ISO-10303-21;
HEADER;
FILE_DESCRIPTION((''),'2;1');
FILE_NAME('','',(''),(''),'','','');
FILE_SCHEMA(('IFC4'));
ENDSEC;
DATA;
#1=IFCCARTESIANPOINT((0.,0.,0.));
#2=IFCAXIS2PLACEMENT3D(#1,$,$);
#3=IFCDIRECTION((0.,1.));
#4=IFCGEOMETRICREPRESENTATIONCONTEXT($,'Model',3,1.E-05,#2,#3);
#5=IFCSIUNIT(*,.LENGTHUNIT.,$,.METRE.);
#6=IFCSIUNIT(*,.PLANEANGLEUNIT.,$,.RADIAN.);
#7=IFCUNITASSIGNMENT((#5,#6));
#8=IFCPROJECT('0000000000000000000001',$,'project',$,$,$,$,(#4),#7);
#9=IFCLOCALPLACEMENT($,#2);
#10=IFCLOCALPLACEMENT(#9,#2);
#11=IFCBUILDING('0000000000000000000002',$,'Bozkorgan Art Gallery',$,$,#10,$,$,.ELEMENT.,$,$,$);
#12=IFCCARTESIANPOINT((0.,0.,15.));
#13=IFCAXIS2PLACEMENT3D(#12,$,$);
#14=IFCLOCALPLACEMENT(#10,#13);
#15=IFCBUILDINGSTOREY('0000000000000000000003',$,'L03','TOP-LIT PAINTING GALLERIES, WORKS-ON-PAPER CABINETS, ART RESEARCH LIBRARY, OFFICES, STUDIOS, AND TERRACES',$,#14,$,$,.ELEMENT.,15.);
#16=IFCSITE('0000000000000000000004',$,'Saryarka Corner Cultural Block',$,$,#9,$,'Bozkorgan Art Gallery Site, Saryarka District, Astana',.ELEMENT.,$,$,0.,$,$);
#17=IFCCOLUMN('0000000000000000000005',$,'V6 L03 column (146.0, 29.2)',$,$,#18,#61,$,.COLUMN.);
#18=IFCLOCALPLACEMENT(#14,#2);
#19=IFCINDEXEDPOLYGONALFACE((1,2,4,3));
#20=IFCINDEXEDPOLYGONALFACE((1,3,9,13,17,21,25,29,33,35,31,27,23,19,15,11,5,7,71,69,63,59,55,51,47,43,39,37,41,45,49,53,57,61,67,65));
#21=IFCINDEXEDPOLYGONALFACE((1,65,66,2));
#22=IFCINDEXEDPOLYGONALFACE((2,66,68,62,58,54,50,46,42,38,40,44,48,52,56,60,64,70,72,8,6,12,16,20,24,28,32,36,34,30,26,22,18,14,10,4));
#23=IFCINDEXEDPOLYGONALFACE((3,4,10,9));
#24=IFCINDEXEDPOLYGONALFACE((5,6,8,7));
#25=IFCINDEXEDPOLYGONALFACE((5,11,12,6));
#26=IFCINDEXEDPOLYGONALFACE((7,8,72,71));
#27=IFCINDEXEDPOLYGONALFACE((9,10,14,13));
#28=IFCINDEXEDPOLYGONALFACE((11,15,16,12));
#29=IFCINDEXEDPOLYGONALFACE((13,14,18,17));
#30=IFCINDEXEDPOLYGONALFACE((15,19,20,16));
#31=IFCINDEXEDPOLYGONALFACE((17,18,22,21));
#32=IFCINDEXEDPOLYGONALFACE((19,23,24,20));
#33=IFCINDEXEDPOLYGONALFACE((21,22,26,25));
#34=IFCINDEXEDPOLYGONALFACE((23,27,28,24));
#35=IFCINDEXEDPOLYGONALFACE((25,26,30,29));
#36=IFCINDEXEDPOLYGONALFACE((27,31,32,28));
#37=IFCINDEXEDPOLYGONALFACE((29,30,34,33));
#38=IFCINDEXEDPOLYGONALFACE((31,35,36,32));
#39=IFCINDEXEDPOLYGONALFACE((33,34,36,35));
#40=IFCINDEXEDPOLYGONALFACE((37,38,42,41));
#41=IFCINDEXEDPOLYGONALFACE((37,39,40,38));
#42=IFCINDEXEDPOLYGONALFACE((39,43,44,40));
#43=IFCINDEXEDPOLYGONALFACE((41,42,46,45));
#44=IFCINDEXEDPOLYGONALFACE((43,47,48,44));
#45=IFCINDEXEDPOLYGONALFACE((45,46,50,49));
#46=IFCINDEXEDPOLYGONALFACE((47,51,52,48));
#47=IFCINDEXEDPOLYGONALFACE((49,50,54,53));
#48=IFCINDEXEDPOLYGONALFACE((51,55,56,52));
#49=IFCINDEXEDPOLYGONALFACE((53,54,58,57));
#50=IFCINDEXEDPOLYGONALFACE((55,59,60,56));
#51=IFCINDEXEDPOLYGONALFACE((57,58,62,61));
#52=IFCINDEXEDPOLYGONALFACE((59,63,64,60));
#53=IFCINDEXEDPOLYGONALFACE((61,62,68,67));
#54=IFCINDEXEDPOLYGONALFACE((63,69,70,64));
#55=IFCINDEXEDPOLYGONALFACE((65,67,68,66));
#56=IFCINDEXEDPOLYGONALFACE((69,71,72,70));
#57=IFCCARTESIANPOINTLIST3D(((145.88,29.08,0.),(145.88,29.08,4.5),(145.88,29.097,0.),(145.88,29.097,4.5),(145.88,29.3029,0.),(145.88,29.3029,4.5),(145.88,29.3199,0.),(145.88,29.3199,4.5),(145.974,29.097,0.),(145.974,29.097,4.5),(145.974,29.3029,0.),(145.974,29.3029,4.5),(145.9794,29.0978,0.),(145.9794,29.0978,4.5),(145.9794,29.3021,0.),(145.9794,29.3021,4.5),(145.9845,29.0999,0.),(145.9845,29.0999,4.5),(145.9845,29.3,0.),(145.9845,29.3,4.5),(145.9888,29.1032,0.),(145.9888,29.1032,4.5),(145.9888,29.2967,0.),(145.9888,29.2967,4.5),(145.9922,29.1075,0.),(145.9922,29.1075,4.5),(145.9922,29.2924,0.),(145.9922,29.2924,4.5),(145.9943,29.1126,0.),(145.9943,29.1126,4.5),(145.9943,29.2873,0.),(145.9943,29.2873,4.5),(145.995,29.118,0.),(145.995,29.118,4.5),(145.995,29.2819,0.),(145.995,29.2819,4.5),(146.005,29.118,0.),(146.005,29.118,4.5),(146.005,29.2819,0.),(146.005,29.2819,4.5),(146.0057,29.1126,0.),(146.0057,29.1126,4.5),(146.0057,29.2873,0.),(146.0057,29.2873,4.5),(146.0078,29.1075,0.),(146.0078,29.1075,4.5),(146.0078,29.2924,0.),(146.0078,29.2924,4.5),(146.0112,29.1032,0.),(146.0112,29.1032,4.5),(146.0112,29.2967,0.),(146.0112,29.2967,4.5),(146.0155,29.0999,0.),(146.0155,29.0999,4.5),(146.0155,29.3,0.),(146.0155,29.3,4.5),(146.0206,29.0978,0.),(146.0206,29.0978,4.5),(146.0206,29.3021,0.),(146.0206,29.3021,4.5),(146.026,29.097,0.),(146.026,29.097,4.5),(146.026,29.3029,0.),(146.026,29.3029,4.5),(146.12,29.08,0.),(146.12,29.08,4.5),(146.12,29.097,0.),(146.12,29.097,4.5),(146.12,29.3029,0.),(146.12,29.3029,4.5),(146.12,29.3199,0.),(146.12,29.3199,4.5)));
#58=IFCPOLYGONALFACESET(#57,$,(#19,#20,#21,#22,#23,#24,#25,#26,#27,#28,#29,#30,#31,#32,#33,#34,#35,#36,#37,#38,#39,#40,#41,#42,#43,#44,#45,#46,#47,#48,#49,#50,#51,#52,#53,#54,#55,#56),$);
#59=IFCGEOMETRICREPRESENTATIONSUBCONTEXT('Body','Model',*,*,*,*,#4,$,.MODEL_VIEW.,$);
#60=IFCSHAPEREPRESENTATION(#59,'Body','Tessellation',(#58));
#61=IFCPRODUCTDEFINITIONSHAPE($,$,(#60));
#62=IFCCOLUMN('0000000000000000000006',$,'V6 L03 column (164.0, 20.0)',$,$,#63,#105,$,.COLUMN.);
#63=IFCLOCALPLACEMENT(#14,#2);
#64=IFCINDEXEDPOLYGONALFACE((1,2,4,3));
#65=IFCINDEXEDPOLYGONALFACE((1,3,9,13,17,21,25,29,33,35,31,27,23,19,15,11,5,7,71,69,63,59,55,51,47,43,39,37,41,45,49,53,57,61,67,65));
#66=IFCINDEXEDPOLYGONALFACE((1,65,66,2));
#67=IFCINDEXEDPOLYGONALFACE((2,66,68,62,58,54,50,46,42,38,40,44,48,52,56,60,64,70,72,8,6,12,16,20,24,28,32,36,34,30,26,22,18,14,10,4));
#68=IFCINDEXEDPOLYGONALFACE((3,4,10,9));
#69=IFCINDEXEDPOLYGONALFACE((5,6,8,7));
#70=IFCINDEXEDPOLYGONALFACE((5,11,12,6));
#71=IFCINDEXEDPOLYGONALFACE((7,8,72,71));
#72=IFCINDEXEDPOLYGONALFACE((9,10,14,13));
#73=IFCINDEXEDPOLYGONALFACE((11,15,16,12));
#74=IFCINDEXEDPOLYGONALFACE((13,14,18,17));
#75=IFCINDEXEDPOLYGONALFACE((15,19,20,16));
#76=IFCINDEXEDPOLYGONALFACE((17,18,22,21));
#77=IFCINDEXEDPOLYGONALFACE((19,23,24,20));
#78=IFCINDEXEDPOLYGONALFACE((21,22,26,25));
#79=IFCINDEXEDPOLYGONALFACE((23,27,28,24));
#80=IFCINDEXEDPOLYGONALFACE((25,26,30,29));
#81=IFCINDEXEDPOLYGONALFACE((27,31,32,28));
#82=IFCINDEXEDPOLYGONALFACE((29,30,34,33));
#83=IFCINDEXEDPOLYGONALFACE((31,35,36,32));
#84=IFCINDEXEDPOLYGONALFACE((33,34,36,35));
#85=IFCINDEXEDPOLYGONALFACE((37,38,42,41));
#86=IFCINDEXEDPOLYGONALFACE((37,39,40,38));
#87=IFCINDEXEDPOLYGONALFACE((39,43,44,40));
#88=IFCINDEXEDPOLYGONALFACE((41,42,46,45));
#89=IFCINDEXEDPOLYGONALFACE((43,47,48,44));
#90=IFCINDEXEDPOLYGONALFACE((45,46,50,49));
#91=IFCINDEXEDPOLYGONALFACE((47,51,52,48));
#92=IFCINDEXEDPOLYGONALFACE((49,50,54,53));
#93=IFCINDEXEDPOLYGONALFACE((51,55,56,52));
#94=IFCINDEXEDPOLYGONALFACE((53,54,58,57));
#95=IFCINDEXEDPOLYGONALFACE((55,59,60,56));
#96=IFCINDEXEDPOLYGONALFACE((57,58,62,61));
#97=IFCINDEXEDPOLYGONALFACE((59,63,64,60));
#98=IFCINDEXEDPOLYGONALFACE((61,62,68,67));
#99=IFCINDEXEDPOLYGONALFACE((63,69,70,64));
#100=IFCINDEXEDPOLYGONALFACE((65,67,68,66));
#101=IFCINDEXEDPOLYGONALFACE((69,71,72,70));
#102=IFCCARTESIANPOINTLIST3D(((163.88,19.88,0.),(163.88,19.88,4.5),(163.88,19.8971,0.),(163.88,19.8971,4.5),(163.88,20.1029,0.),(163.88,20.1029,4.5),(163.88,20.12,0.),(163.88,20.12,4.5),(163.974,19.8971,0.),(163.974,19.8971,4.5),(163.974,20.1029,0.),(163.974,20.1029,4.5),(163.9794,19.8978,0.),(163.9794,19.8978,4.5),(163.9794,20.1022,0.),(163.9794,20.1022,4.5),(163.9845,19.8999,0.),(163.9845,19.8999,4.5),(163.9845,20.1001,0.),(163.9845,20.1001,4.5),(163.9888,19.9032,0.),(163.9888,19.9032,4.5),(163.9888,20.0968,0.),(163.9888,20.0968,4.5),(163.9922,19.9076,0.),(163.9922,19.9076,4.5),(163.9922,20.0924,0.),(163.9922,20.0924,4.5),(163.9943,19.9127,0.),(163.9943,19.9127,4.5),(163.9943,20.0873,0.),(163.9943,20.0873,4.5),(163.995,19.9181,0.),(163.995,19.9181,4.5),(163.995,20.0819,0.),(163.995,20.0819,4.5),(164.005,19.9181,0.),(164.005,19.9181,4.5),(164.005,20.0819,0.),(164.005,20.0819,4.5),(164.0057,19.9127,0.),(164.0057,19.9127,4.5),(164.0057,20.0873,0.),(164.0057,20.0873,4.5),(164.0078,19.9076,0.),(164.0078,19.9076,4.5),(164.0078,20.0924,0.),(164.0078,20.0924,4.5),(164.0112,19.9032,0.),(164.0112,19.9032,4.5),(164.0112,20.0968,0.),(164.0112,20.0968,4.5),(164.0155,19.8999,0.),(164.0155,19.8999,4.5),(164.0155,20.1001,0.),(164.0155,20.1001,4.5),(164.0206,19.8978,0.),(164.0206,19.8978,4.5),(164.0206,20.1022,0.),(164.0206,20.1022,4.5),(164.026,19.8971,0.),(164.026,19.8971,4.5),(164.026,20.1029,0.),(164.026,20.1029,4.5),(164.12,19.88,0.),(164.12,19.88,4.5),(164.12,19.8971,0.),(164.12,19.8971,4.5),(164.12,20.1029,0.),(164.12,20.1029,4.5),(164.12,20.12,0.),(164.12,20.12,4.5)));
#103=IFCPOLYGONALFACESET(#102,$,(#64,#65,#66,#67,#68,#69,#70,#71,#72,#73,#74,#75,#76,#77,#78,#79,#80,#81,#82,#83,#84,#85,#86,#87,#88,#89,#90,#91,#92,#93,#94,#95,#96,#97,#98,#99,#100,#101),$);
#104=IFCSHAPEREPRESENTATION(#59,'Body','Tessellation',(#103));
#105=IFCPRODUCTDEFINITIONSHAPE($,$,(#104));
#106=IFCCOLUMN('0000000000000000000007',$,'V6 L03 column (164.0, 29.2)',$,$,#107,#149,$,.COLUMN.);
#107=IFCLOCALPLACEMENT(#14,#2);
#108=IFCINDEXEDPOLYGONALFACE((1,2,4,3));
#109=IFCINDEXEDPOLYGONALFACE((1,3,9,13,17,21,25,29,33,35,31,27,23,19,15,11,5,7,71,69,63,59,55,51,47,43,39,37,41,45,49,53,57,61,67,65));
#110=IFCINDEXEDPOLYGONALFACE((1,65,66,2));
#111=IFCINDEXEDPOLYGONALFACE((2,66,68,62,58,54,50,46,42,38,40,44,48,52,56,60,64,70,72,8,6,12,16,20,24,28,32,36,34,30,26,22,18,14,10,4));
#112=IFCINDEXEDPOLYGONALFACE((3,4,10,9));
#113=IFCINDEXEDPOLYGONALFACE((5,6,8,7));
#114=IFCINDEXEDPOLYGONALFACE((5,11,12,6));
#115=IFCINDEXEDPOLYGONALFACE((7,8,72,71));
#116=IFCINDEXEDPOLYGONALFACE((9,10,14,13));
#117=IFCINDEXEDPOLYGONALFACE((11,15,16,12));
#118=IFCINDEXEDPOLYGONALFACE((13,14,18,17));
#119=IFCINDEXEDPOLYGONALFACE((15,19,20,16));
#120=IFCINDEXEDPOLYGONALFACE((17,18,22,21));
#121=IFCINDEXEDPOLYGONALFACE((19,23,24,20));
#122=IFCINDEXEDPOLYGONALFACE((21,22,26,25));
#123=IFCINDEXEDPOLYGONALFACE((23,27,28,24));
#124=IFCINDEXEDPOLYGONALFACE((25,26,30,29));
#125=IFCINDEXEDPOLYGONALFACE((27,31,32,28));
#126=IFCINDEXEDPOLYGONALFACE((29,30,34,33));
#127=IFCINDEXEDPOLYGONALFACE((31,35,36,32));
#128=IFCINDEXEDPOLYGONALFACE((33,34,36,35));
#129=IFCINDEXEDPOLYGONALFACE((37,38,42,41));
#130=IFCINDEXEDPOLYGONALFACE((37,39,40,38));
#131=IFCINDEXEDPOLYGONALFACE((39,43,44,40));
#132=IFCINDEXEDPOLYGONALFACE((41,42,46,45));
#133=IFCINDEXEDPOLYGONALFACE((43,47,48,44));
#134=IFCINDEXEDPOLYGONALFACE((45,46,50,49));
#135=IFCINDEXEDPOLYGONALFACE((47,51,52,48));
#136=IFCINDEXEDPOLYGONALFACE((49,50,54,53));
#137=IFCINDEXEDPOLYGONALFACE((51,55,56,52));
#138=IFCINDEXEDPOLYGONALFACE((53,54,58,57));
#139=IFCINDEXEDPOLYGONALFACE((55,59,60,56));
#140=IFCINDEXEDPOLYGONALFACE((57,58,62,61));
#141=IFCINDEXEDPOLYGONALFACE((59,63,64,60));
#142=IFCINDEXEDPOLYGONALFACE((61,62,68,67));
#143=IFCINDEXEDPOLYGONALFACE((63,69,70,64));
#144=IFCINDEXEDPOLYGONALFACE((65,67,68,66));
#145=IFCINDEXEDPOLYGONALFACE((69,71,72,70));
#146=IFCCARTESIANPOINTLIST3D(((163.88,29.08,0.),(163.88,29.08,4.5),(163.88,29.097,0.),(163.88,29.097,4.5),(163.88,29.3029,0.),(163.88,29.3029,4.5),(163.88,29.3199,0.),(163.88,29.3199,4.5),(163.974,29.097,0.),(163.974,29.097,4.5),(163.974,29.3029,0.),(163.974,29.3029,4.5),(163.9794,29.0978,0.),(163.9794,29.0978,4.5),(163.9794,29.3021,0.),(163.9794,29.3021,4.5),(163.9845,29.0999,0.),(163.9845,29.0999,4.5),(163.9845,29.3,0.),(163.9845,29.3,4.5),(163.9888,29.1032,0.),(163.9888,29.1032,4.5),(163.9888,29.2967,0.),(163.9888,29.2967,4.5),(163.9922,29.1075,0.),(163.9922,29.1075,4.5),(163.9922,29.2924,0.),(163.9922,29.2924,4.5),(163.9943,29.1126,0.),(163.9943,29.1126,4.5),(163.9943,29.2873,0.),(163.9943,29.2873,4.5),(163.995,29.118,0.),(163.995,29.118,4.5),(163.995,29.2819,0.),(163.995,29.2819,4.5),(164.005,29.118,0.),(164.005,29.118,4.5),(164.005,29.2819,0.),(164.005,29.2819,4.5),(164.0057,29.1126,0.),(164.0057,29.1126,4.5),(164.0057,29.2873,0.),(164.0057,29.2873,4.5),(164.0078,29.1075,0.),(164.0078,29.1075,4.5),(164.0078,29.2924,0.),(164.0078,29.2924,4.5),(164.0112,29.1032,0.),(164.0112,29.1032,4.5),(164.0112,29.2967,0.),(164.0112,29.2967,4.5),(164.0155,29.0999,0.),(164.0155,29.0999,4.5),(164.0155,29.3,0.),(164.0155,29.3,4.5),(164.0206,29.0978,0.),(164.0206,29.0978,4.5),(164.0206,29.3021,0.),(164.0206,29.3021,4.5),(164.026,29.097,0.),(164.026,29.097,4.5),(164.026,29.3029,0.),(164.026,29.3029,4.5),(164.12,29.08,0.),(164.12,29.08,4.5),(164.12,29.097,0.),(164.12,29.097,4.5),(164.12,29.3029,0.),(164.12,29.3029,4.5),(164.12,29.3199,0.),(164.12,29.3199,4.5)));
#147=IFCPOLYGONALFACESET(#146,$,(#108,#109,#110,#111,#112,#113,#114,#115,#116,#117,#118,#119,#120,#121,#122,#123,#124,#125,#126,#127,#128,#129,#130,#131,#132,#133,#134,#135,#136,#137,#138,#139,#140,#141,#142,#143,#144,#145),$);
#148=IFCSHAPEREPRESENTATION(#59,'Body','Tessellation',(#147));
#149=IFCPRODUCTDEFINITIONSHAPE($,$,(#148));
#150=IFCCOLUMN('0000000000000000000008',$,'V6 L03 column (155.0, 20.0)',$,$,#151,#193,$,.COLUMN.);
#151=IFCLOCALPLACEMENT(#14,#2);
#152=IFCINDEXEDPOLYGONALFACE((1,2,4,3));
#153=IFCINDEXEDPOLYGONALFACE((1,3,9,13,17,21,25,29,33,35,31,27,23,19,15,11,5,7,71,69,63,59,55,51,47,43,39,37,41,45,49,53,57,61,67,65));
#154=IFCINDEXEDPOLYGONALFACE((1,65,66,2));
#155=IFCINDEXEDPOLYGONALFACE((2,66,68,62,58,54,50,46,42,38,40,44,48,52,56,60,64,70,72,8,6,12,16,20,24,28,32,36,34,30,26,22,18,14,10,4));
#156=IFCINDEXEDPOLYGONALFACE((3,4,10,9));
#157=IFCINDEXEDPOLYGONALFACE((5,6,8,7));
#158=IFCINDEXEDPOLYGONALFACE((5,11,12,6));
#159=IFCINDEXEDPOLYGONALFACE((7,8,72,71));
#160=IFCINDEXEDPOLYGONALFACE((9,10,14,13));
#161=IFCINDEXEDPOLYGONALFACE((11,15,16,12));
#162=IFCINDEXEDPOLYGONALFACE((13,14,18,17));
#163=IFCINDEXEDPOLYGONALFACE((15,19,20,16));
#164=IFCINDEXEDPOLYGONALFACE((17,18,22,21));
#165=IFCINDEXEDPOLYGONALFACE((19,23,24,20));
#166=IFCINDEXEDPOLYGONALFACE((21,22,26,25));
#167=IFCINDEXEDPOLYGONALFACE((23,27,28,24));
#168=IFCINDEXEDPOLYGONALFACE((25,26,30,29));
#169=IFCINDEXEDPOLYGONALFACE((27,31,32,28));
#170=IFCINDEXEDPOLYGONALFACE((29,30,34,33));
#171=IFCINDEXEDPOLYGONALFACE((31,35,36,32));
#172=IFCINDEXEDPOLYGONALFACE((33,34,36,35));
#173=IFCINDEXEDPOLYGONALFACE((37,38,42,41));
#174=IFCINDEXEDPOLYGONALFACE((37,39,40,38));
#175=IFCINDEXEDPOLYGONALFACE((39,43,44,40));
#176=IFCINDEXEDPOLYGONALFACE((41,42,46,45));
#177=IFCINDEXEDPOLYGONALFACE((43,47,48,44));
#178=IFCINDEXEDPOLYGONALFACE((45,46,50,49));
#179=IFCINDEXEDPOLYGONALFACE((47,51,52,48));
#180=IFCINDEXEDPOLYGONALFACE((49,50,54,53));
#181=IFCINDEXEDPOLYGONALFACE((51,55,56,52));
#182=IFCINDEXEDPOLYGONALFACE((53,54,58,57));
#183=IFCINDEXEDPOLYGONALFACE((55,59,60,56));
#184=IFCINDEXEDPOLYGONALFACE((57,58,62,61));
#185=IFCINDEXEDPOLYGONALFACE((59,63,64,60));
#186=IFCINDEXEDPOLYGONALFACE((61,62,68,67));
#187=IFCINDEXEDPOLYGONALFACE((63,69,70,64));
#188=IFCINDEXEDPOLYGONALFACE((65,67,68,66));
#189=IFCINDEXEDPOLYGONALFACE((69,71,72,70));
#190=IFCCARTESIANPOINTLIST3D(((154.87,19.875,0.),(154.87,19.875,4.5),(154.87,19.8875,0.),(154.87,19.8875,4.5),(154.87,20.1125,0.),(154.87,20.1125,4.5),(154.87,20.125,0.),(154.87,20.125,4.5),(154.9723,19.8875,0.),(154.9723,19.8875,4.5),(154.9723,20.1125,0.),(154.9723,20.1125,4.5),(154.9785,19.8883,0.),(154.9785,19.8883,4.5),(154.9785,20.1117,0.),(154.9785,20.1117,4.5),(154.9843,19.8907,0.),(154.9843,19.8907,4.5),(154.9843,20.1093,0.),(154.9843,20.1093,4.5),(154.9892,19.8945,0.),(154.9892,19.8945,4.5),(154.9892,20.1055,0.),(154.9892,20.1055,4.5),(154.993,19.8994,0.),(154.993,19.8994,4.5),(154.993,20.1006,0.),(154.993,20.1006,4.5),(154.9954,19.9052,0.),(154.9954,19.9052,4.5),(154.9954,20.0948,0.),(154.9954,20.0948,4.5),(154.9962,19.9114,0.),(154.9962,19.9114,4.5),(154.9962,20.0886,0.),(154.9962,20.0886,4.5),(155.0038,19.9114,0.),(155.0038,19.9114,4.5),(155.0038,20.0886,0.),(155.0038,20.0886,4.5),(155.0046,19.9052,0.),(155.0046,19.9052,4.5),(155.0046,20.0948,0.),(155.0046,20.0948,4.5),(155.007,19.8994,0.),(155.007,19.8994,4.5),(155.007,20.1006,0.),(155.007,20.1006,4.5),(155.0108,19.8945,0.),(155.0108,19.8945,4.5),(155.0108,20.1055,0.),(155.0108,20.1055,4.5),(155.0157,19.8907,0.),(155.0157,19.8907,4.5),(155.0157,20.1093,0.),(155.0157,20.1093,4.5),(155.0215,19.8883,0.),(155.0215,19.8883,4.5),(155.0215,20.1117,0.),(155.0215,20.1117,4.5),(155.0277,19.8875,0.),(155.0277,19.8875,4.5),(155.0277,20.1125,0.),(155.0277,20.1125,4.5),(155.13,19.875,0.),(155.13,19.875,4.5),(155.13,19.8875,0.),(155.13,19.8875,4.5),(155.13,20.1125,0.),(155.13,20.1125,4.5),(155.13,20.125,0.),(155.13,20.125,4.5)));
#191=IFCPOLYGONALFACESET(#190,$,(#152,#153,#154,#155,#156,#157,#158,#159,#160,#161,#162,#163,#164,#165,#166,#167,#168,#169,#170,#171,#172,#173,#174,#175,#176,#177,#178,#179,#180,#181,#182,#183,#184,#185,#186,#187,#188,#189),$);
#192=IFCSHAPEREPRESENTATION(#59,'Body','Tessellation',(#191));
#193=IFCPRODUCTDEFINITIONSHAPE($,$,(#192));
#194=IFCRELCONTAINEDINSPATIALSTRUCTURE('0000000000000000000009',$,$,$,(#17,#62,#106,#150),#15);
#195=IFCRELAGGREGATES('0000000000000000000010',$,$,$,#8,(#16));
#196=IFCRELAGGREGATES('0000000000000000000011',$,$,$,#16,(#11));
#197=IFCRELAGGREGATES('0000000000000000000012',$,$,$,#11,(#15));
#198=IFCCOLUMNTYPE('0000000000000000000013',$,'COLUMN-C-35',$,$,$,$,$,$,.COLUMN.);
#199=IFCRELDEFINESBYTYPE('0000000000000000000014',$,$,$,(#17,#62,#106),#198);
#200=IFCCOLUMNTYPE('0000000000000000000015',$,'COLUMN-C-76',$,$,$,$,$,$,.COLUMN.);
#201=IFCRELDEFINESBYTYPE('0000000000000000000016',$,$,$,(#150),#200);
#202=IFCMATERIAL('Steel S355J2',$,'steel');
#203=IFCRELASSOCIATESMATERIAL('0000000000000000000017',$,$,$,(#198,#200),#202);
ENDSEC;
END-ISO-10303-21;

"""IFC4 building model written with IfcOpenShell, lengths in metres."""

from ifc_helpers import new_model, si_unit, direction, frame, origin, origin_2d, place, context, subcontext, project, spatial, i_section, extrude, material, material_profile, profile_set, type_object, element, save


model = new_model("IFC4")

# Units and contexts
model_context = context("Model", 3, precision=1e-05, world=origin(), true_north=direction((0.0, 1.0)))
body_context = subcontext(model_context, "Body", "Model", "MODEL_VIEW")
ifc_project = project(units=[si_unit("LENGTHUNIT", "METRE"), si_unit("PLANEANGLEUNIT", "RADIAN")], contexts=[model_context])

# Site, building, storey
site_placement = place(None, origin())
site = spatial("IfcSite", under=ifc_project, at=site_placement, Name="Saryarka Corner Cultural Block", LongName="Bozkorgan Art Gallery Site, Saryarka District, Astana", CompositionType="ELEMENT", RefElevation=0.0)
building_placement = place(site_placement, origin())
building = spatial("IfcBuilding", under=site, at=building_placement, Name="Bozkorgan Art Gallery", CompositionType="ELEMENT")
storey_placement = place(building_placement, frame((0.0, 0.0, 15.0)))
storey = spatial("IfcBuildingStorey", under=building, at=storey_placement, Name="L03", Description="TOP-LIT PAINTING GALLERIES, WORKS-ON-PAPER CABINETS, ART RESEARCH LIBRARY, OFFICES, STUDIOS, AND TERRACES", CompositionType="ELEMENT", Elevation=15.0)

# Columns
ifc_material_1 = material(Name="Steel S355J2", Category="steel")
ifc_material_profile_1 = material_profile(ifc_material_1, i_section(OverallWidth=0.24, OverallDepth=0.24, WebThickness=0.01, FlangeThickness=0.0171, FilletRadius=0.021, at=origin_2d()), Name="HEB 240")
ifc_profile_set_1 = profile_set([ifc_material_profile_1], Name="Steel S355J2")
column_type_1 = type_object("IfcColumnType", Name="COLUMN-C-35", PredefinedType="COLUMN", material=ifc_profile_set_1)
for number, where, z_axis, x_axis, name in (
    (1, (146.0, 29.2, 0.0), (0.0, 0.0, 1.0), (1.0, 0.0, 0.0), "V6 L03 column (146.0, 29.2)"),
    (2, (164.0, 20.0, 0.0), (0.0, 0.0, 1.0), (1.0, 0.0, 0.0), "V6 L03 column (164.0, 20.0)"),
    (3, (164.0, 29.2, 0.0), (0.0, 0.0, 1.0), (1.0, 0.0, 0.0), "V6 L03 column (164.0, 29.2)"),
):
    element("IfcColumn", number, at=place(storey_placement, frame(where, z_axis=z_axis, x_axis=x_axis)), inside=storey, type_object=column_type_1, Name=name, PredefinedType="COLUMN", context=body_context, shape_type="SweptSolid", body=[
        extrude(i_section(OverallWidth=0.24, OverallDepth=0.24, WebThickness=0.01, FlangeThickness=0.0171, FilletRadius=0.021, at=origin_2d()), origin(), (0.0, 0.0, 1.0), 4.5),
    ])
ifc_material_profile_2 = material_profile(ifc_material_1, i_section(OverallWidth=0.26, OverallDepth=0.25, WebThickness=0.0076, FlangeThickness=0.0125, FilletRadius=0.0239, at=origin_2d()), Name="HEA 260")
ifc_profile_set_2 = profile_set([ifc_material_profile_2], Name="Steel S355J2")
column_type_2 = type_object("IfcColumnType", Name="COLUMN-C-76", PredefinedType="COLUMN", material=ifc_profile_set_2)
for number, where, z_axis, x_axis, name in (
    (4, (155.0, 20.0, 0.0), (0.0, 0.0, 1.0), (1.0, 0.0, 0.0), "V6 L03 column (155.0, 20.0)"),
):
    element("IfcColumn", number, at=place(storey_placement, frame(where, z_axis=z_axis, x_axis=x_axis)), inside=storey, type_object=column_type_2, Name=name, PredefinedType="COLUMN", context=body_context, shape_type="SweptSolid", body=[
        extrude(i_section(OverallWidth=0.26, OverallDepth=0.25, WebThickness=0.0076, FlangeThickness=0.0125, FilletRadius=0.0239, at=origin_2d()), origin(), (0.0, 0.0, 1.0), 4.5),
    ])

save(model, "model.ifc")
